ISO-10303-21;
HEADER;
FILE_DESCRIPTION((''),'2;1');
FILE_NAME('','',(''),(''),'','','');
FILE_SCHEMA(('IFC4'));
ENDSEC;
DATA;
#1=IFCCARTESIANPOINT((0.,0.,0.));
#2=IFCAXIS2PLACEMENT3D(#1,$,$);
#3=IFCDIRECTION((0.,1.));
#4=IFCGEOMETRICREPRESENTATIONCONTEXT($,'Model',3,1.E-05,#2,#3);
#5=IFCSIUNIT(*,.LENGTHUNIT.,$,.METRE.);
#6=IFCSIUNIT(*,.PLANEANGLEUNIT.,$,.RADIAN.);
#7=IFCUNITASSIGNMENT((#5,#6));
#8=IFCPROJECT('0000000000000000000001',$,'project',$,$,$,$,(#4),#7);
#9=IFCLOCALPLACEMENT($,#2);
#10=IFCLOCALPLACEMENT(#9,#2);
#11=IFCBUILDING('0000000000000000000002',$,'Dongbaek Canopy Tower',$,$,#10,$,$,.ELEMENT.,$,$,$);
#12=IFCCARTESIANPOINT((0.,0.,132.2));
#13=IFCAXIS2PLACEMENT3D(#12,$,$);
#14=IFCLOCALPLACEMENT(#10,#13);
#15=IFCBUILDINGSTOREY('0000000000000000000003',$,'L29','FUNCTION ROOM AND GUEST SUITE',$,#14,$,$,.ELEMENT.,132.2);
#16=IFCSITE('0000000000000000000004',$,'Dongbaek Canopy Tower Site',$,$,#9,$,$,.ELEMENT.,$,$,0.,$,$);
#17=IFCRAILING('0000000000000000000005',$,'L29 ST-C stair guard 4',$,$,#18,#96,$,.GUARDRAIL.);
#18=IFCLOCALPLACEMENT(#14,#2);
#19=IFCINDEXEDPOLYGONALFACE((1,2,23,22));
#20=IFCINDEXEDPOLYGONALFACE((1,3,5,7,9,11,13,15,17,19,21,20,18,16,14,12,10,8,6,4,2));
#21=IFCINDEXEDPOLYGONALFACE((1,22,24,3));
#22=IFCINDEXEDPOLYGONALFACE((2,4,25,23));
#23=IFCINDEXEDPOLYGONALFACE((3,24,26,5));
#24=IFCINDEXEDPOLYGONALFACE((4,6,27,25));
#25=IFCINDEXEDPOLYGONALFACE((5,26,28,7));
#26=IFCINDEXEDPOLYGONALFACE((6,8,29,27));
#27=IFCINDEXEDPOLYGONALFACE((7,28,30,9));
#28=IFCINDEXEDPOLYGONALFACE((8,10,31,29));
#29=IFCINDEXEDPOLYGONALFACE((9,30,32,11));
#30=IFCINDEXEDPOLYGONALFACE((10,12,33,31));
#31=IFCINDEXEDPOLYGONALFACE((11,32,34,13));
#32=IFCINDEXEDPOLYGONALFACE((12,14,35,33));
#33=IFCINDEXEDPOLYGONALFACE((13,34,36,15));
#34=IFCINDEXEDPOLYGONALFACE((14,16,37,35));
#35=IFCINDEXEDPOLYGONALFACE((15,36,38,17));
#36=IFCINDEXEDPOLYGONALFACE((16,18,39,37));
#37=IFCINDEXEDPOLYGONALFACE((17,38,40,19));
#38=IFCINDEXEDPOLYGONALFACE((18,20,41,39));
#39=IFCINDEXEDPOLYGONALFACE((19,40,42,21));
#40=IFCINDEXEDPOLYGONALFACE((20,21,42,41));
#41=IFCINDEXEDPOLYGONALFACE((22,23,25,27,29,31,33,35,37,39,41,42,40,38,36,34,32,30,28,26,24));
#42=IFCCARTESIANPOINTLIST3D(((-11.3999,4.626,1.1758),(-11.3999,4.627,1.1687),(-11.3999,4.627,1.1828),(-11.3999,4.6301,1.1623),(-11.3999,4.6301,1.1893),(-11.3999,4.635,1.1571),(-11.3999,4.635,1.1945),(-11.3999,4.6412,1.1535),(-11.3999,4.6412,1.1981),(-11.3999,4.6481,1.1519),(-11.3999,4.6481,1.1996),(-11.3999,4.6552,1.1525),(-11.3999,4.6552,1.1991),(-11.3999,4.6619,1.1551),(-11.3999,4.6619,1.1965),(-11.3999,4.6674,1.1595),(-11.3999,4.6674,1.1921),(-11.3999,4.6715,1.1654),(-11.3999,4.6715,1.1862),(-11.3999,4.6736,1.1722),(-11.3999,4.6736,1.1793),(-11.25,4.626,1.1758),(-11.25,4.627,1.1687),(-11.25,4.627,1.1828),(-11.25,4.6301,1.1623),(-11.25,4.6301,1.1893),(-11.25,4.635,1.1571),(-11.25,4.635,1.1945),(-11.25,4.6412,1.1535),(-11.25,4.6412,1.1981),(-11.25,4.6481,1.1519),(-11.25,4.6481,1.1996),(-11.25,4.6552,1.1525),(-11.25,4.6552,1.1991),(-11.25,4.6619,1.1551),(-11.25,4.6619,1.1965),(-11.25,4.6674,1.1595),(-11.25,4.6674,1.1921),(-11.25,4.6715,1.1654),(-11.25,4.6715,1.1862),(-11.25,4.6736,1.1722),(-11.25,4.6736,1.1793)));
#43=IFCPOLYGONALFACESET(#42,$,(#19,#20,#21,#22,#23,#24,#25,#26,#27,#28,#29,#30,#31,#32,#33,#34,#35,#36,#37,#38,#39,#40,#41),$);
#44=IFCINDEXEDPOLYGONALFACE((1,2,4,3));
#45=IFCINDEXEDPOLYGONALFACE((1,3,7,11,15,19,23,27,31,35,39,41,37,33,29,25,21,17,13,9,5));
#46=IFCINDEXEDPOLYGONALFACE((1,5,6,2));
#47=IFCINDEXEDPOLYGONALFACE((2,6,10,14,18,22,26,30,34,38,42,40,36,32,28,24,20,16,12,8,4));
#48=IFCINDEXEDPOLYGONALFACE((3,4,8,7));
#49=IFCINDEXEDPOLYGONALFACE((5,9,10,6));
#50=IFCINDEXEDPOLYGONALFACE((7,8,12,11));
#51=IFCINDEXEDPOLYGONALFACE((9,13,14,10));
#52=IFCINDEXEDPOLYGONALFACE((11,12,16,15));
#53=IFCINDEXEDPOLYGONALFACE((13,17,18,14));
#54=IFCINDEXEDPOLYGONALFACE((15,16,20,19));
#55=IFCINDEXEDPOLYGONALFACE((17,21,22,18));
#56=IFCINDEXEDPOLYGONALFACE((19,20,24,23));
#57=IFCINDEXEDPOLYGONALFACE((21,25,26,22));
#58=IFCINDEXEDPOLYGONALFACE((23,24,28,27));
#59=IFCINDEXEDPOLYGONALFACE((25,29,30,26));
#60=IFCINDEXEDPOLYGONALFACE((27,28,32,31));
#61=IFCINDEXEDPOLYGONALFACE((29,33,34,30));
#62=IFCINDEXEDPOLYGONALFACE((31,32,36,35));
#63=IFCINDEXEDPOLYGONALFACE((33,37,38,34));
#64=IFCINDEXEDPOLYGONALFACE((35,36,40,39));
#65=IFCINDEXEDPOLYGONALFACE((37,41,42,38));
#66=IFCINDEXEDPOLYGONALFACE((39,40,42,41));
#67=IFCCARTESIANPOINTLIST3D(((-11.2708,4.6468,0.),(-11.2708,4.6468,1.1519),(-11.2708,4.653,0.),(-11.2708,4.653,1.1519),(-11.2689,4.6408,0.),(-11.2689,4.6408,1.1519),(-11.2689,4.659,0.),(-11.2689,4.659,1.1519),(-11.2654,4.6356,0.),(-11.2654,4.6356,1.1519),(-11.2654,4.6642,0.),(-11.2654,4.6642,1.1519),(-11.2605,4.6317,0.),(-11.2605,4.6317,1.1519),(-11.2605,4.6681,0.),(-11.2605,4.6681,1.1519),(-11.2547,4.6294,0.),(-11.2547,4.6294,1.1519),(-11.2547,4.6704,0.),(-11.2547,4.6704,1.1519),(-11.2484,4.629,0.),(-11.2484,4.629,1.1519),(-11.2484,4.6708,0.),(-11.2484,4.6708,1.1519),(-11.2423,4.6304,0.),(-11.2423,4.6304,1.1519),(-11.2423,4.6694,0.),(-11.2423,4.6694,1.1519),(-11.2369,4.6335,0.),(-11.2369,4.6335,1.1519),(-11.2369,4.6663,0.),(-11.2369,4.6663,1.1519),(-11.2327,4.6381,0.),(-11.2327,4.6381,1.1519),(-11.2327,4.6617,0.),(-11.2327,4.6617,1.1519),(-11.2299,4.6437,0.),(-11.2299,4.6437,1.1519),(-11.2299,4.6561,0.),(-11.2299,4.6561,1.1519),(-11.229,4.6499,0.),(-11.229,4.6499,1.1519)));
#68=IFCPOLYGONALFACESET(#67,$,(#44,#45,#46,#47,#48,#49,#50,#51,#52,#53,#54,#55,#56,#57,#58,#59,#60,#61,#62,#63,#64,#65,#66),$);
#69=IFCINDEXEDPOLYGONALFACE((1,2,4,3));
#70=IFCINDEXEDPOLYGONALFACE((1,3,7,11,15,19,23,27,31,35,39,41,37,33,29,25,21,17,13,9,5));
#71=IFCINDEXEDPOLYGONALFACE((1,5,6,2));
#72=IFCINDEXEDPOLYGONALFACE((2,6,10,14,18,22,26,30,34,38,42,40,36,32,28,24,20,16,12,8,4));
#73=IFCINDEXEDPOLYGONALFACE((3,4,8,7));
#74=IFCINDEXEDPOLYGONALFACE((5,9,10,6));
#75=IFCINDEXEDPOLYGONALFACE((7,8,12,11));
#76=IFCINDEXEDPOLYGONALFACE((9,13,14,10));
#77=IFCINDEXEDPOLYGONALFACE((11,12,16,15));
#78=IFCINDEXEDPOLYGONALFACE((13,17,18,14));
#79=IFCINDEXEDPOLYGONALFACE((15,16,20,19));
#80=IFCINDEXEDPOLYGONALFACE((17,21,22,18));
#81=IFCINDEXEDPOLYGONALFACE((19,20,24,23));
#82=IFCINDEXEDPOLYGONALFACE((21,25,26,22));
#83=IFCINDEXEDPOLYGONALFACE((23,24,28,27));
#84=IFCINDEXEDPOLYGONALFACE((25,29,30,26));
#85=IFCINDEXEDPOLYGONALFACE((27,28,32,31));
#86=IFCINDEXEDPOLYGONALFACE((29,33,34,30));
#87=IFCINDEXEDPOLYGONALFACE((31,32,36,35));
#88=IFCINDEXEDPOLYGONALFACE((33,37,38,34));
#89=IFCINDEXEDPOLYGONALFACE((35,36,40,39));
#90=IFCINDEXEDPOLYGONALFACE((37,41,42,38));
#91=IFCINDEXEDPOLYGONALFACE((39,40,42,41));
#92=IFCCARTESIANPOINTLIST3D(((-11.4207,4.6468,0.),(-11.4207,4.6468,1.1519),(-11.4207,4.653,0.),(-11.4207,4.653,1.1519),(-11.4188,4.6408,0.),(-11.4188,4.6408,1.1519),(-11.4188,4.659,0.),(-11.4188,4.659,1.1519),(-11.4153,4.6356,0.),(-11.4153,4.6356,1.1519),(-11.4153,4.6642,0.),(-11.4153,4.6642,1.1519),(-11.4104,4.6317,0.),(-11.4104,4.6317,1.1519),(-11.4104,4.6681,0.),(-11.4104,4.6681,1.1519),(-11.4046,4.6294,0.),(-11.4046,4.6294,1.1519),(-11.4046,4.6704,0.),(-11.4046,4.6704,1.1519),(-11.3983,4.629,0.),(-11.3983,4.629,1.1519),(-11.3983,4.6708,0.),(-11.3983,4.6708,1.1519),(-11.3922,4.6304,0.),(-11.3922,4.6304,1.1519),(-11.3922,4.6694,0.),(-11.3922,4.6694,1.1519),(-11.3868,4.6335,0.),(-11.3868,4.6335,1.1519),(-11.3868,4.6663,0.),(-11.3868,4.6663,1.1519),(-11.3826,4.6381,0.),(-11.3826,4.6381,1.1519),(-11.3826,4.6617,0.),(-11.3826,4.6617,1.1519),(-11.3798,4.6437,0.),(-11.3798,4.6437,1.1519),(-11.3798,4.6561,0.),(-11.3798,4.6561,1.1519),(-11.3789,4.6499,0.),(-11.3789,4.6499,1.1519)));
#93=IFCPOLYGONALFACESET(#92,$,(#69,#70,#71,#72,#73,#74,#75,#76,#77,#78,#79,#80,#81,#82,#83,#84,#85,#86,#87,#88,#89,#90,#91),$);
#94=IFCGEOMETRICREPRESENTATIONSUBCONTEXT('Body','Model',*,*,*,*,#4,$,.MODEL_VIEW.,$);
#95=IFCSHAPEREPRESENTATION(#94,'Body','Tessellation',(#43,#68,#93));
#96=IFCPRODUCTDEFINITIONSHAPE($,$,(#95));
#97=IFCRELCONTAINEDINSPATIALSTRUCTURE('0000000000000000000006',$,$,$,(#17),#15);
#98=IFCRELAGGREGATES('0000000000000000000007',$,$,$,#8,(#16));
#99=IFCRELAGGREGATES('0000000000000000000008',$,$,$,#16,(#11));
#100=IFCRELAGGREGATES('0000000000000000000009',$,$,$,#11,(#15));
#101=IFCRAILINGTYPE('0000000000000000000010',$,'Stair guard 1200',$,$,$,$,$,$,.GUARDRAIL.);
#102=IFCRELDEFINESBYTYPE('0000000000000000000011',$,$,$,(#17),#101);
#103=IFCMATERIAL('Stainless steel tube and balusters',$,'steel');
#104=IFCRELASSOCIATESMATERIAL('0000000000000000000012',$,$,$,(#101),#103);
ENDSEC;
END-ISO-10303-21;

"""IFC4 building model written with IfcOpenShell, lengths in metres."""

from ifc_helpers import new_model, si_unit, direction, frame, origin, origin_2d, place, context, subcontext, project, spatial, circle, extrude, material, type_object, element, save


model = new_model("IFC4")

# Units and contexts
model_context = context("Model", 3, precision=1e-05, world=origin(), true_north=direction((0.0, 1.0)))
body_context = subcontext(model_context, "Body", "Model", "MODEL_VIEW")
ifc_project = project(units=[si_unit("LENGTHUNIT", "METRE"), si_unit("PLANEANGLEUNIT", "RADIAN")], contexts=[model_context])

# Site, building, storey
site_placement = place(None, origin())
site = spatial("IfcSite", under=ifc_project, at=site_placement, Name="Dongbaek Canopy Tower Site", CompositionType="ELEMENT", RefElevation=0.0)
building_placement = place(site_placement, origin())
building = spatial("IfcBuilding", under=site, at=building_placement, Name="Dongbaek Canopy Tower", CompositionType="ELEMENT")
storey_placement = place(building_placement, frame((0.0, 0.0, 132.2)))
storey = spatial("IfcBuildingStorey", under=building, at=storey_placement, Name="L29", Description="FUNCTION ROOM AND GUEST SUITE", CompositionType="ELEMENT", Elevation=132.2)

# Railing
ifc_material_1 = material(Name="Stainless steel tube and balusters", Category="steel")
railing_type_1 = type_object("IfcRailingType", Name="Stair guard 1200", PredefinedType="GUARDRAIL", material=ifc_material_1)
railing_1_placement = place(storey_placement, frame((-11.25, 4.6499, 0.0)))
element("IfcRailing", 1, at=railing_1_placement, inside=storey, type_object=railing_type_1, Name="L29 ST-C stair guard 4", PredefinedType="GUARDRAIL", context=body_context, shape_type="SweptSolid", body=[
    extrude(circle(Radius=0.0239, at=origin_2d()), frame((0.0, 0.0, 1.1758), z_axis=(-1.0, 0.0, 0.0), x_axis=(0.0, -1.0, 0.0)), (0.0, 0.0, 1.0), 0.1499),
    extrude(circle(Radius=0.021, at=origin_2d()), origin(), (0.0, 0.0, 1.0), 1.1519),
    extrude(circle(Radius=0.021, at=origin_2d()), frame((-0.1499, 0.0, 0.0)), (0.0, 0.0, 1.0), 1.1519),
])

save(model, "model.ifc")
